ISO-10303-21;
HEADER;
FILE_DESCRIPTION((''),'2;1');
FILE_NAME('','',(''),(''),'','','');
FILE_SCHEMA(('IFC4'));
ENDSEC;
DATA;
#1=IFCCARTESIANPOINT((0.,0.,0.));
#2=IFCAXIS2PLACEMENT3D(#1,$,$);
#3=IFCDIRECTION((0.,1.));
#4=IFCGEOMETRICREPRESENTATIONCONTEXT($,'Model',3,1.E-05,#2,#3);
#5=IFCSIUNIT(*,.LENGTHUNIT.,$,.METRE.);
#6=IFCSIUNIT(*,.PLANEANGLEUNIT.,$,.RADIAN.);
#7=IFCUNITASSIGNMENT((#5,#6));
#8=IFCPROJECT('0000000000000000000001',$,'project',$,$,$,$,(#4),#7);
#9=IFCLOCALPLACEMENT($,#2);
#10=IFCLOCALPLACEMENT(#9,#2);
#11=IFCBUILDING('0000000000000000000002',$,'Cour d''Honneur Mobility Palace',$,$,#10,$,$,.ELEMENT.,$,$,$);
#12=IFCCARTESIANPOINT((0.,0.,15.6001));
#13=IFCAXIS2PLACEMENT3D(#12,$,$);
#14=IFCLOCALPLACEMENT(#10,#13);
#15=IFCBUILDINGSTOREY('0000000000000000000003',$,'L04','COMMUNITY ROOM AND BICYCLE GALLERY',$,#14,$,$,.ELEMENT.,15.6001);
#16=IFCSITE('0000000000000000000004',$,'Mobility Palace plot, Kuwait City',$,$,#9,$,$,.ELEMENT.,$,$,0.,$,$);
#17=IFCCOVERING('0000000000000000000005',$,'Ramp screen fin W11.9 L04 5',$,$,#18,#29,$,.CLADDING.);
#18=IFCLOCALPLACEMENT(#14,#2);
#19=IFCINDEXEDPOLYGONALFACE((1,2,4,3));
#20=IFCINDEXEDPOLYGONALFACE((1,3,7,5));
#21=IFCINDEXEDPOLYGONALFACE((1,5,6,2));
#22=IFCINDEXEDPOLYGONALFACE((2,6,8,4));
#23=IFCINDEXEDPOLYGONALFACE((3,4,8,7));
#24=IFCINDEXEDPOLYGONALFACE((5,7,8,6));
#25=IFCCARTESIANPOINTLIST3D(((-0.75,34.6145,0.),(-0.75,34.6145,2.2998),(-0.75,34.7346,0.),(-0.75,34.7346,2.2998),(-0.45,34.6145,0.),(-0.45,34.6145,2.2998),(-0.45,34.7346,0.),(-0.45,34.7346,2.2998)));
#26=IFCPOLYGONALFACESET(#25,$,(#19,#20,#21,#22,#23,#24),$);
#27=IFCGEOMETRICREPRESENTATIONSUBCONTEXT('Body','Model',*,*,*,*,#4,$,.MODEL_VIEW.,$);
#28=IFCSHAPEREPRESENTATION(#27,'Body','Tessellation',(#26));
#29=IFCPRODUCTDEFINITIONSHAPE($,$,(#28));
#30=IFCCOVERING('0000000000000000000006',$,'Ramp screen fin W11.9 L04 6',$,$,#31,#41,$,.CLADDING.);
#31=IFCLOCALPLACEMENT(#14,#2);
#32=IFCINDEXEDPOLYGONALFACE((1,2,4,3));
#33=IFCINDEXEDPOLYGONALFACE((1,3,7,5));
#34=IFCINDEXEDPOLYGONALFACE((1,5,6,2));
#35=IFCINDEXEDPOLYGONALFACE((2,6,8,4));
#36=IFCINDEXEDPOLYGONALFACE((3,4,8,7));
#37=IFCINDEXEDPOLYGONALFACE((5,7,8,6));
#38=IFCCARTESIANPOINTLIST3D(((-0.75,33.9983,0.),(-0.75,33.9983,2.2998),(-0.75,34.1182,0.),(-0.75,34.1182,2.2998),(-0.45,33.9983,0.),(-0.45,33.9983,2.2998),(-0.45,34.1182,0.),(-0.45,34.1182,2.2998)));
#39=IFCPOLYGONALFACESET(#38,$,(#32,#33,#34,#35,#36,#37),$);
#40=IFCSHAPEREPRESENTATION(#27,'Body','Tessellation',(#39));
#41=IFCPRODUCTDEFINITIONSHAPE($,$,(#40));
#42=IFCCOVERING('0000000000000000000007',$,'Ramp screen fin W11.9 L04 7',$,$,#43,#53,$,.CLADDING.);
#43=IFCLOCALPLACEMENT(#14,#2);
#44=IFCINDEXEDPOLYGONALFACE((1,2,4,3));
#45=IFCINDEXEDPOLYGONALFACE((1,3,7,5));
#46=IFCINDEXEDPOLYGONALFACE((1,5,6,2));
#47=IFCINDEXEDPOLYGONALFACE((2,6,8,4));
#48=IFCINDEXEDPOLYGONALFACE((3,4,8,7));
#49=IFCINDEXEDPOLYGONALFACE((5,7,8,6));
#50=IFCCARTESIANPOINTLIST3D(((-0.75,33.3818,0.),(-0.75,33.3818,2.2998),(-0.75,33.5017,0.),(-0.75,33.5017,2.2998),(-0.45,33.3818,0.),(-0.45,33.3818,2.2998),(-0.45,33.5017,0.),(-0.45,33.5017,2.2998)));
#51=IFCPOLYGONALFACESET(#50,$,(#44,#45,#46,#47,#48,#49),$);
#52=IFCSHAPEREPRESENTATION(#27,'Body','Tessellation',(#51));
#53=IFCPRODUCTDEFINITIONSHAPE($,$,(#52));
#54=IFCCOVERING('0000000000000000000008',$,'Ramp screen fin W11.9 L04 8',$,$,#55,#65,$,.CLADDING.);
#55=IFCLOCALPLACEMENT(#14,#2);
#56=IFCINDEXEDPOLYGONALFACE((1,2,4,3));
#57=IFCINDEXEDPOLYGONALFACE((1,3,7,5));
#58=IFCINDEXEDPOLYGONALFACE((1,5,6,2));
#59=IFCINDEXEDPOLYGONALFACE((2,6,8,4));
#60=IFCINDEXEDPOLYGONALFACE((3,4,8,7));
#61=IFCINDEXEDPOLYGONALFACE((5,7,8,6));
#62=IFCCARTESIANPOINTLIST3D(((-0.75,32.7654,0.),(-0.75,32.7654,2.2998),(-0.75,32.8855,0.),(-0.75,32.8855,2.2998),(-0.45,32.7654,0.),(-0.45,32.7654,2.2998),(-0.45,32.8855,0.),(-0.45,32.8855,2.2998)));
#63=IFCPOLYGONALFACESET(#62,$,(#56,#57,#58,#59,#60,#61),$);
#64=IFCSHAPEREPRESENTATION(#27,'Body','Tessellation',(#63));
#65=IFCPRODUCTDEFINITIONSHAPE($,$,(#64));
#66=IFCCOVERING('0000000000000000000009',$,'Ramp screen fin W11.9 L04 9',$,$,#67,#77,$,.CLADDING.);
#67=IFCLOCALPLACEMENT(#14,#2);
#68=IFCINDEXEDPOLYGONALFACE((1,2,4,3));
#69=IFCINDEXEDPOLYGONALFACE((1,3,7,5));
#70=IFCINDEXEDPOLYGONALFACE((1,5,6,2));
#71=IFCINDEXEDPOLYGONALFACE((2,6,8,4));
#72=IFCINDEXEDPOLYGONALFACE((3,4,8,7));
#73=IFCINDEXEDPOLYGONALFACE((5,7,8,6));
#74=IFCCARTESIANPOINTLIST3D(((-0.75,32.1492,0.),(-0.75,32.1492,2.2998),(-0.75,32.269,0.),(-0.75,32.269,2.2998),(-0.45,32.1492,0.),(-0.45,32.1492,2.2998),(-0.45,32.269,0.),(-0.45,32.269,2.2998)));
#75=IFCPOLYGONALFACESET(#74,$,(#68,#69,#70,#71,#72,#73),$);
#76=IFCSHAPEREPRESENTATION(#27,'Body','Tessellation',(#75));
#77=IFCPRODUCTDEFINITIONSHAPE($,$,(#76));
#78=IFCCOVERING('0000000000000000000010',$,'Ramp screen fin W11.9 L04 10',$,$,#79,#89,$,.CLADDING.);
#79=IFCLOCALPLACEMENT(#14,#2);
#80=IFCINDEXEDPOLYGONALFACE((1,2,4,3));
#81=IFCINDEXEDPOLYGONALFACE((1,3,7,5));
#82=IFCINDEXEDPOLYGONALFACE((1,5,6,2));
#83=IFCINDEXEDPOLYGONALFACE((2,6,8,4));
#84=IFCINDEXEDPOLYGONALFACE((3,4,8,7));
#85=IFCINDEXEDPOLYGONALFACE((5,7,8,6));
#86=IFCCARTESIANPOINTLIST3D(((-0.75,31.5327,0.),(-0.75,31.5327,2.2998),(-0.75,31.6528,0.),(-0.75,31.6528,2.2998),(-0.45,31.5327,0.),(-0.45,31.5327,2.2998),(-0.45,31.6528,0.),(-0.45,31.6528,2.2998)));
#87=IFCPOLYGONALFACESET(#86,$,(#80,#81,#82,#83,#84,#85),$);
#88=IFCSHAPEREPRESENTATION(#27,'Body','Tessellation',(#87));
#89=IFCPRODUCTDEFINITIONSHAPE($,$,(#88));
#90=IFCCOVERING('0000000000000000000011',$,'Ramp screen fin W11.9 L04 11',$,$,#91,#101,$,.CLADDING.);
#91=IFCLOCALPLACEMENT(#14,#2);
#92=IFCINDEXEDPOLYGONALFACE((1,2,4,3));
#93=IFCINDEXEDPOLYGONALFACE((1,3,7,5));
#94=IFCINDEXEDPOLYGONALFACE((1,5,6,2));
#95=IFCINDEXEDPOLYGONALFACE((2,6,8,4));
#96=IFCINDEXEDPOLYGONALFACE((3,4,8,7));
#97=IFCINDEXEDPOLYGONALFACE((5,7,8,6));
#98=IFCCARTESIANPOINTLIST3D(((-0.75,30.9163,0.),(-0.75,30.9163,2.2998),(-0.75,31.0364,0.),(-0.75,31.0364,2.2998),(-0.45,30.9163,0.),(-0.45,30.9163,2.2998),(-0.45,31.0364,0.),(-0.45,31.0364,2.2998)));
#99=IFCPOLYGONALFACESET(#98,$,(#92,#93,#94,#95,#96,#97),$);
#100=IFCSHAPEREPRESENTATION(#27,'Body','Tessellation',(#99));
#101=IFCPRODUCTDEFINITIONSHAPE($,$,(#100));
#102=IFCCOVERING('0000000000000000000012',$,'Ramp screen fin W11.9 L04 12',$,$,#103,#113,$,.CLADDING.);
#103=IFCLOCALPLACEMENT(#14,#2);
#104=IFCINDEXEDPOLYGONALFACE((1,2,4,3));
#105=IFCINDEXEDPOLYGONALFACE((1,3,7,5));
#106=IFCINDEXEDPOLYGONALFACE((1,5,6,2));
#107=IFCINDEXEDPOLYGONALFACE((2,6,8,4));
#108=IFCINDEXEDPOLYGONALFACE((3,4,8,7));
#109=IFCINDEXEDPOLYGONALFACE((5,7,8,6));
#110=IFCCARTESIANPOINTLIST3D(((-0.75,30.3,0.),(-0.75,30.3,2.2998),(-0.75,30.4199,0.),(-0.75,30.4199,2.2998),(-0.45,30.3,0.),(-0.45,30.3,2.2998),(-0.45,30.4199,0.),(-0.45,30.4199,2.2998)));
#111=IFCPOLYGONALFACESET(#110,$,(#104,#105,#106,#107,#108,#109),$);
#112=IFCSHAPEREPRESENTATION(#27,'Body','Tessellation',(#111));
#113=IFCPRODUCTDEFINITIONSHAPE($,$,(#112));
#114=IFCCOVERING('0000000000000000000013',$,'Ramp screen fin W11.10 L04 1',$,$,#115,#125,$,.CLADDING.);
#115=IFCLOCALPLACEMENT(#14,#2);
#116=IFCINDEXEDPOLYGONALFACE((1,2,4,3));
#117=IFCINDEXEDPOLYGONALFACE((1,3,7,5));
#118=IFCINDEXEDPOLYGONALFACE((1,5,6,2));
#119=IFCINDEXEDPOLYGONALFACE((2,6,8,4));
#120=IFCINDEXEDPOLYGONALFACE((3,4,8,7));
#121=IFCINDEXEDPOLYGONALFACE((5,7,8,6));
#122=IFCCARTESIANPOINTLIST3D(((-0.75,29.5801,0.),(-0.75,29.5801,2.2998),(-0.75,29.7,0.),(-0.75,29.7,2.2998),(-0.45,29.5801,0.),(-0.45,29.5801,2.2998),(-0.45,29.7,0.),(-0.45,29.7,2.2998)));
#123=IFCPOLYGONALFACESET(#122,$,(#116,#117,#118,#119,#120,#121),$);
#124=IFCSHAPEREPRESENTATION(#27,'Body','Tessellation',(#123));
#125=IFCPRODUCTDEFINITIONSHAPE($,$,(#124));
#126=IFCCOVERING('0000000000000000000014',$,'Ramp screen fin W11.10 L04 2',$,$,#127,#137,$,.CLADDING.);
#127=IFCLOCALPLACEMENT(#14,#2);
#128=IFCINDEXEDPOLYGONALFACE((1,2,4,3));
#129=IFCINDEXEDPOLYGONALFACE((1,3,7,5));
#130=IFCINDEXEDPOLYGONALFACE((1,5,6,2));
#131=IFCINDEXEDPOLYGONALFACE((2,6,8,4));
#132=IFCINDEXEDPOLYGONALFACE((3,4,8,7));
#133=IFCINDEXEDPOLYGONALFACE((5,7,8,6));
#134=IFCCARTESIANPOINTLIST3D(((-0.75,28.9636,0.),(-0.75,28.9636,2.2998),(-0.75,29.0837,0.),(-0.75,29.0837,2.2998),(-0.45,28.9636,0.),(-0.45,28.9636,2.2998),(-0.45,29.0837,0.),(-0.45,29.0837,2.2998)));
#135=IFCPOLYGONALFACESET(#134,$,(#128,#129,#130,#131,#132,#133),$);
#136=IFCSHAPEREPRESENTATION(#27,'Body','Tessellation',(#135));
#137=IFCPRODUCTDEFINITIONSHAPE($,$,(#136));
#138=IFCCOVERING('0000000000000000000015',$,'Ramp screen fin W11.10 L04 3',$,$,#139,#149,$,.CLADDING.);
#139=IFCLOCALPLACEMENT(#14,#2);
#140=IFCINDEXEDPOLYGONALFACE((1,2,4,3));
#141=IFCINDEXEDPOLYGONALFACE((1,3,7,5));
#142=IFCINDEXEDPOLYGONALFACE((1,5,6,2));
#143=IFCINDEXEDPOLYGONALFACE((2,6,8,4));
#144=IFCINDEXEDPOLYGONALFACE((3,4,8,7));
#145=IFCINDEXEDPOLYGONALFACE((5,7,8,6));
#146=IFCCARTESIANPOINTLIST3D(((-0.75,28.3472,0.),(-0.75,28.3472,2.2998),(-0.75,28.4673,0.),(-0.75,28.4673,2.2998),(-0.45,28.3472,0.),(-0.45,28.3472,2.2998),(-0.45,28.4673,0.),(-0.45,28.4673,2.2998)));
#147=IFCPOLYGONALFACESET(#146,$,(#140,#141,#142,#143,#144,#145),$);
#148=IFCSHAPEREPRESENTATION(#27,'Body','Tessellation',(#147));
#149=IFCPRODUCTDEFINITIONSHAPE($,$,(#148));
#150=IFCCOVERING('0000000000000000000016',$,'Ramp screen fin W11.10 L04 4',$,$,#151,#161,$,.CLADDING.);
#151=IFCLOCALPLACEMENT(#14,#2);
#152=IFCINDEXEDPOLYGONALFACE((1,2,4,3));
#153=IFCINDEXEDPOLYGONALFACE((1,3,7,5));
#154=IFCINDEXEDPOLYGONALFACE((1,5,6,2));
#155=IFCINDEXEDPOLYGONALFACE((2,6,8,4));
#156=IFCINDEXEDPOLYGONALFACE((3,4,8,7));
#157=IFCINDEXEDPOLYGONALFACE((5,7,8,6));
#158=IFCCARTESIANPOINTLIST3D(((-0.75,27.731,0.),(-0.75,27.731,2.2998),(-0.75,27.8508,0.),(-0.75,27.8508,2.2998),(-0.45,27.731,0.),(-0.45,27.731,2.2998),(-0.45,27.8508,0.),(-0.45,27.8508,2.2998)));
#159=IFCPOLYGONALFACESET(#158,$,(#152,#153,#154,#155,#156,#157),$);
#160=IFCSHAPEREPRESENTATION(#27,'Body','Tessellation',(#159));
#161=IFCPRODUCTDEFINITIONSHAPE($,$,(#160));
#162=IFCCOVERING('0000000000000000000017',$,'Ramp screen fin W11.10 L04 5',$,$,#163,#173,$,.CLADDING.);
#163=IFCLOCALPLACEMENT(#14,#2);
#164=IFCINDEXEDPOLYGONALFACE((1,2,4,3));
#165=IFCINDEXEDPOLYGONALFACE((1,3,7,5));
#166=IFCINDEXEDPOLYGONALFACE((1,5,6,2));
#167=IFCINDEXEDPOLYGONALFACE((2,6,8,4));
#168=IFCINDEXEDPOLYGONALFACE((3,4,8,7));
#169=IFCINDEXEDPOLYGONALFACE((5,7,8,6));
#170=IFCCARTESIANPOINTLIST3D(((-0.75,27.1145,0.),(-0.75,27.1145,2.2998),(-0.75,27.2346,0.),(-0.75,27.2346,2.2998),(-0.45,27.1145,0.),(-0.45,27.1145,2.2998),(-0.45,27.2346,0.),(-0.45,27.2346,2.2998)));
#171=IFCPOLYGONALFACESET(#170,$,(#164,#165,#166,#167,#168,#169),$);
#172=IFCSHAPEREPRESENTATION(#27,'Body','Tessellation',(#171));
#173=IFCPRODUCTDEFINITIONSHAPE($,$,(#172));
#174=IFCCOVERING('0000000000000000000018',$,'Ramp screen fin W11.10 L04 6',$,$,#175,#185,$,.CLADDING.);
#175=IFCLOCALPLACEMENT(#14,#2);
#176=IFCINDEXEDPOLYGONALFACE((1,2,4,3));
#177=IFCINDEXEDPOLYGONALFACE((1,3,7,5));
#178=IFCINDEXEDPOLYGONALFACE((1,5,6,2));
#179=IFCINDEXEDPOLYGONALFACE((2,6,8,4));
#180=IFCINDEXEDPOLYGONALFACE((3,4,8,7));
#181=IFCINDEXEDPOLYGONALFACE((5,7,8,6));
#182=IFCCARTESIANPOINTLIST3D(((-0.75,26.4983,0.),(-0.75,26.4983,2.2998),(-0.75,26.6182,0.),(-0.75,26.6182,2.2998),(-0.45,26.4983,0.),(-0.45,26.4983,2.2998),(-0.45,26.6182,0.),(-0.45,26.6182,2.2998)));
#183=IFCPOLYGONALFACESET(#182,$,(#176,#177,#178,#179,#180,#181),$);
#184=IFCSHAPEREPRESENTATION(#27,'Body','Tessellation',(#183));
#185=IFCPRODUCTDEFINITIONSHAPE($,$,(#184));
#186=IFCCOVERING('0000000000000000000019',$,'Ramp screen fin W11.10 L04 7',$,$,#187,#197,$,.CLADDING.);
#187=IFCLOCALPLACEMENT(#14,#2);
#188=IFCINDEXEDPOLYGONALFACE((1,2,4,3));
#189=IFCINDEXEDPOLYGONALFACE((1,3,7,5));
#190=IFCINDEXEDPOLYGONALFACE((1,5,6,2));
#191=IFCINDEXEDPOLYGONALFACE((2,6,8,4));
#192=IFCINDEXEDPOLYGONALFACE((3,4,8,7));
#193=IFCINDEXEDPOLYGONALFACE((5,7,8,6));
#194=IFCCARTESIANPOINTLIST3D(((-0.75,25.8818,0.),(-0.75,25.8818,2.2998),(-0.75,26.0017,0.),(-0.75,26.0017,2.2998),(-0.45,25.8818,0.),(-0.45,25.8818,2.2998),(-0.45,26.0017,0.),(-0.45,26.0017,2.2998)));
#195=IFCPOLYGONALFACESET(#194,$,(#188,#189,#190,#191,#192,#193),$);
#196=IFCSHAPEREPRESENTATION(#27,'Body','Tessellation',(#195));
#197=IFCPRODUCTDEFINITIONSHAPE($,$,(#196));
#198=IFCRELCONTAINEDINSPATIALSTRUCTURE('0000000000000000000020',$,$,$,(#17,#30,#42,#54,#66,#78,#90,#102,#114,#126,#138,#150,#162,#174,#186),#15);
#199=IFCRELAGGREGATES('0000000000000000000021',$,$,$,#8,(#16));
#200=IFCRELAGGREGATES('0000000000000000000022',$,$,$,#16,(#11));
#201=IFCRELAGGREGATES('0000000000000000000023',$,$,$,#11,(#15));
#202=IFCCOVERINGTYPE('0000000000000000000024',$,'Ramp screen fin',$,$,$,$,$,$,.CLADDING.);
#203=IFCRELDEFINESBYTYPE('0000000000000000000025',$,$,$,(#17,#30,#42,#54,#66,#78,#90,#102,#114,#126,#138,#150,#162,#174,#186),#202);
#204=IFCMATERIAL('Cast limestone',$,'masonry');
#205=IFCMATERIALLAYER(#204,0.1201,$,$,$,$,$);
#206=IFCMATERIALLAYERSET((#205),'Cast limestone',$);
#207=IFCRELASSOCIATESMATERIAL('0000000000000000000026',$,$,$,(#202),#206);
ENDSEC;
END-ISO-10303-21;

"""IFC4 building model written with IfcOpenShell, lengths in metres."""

from ifc_helpers import new_model, si_unit, direction, frame, origin, place, context, subcontext, project, spatial, polyline, outline, extrude, material, layer, layer_set, type_object, element, save


model = new_model("IFC4")

# Units and contexts
model_context = context("Model", 3, precision=1e-05, world=origin(), true_north=direction((0.0, 1.0)))
body_context = subcontext(model_context, "Body", "Model", "MODEL_VIEW")
ifc_project = project(units=[si_unit("LENGTHUNIT", "METRE"), si_unit("PLANEANGLEUNIT", "RADIAN")], contexts=[model_context])

# Site, building, storey
site_placement = place(None, origin())
site = spatial("IfcSite", under=ifc_project, at=site_placement, Name="Mobility Palace plot, Kuwait City", CompositionType="ELEMENT", RefElevation=0.0)
building_placement = place(site_placement, origin())
building = spatial("IfcBuilding", under=site, at=building_placement, Name="Cour d'Honneur Mobility Palace", CompositionType="ELEMENT")
storey_placement = place(building_placement, frame((0.0, 0.0, 15.6001)))
storey = spatial("IfcBuildingStorey", under=building, at=storey_placement, Name="L04", Description="COMMUNITY ROOM AND BICYCLE GALLERY", CompositionType="ELEMENT", Elevation=15.6001)

# Coverings
ifc_material = material(Name="Cast limestone", Category="masonry")
ifc_layer = layer(ifc_material, 0.1201)
ifc_layer_set = layer_set([ifc_layer], Name="Cast limestone")
covering_type = type_object("IfcCoveringType", Name="Ramp screen fin", PredefinedType="CLADDING", material=ifc_layer_set)
covering_1_placement = place(storey_placement, origin())
element("IfcCovering", 1, at=covering_1_placement, inside=storey, type_object=covering_type, Name="Ramp screen fin W11.9 L04 5", PredefinedType="CLADDING", context=body_context, shape_type="SweptSolid", body=[
    extrude(outline(polyline([(-0.45, 34.7346), (-0.45, 34.6145), (-0.75, 34.6145), (-0.75, 34.7346), (-0.45, 34.7346)])), origin(), (0.0, 0.0, 1.0), 2.2998),
])
covering_2_placement = place(storey_placement, origin())
element("IfcCovering", 2, at=covering_2_placement, inside=storey, type_object=covering_type, Name="Ramp screen fin W11.9 L04 6", PredefinedType="CLADDING", context=body_context, shape_type="SweptSolid", body=[
    extrude(outline(polyline([(-0.45, 34.1182), (-0.45, 33.9983), (-0.75, 33.9983), (-0.75, 34.1182), (-0.45, 34.1182)])), origin(), (0.0, 0.0, 1.0), 2.2998),
])
covering_3_placement = place(storey_placement, origin())
element("IfcCovering", 3, at=covering_3_placement, inside=storey, type_object=covering_type, Name="Ramp screen fin W11.9 L04 7", PredefinedType="CLADDING", context=body_context, shape_type="SweptSolid", body=[
    extrude(outline(polyline([(-0.45, 33.5017), (-0.45, 33.3818), (-0.75, 33.3818), (-0.75, 33.5017), (-0.45, 33.5017)])), origin(), (0.0, 0.0, 1.0), 2.2998),
])
covering_4_placement = place(storey_placement, origin())
element("IfcCovering", 4, at=covering_4_placement, inside=storey, type_object=covering_type, Name="Ramp screen fin W11.9 L04 8", PredefinedType="CLADDING", context=body_context, shape_type="SweptSolid", body=[
    extrude(outline(polyline([(-0.45, 32.8855), (-0.45, 32.7654), (-0.75, 32.7654), (-0.75, 32.8855), (-0.45, 32.8855)])), origin(), (0.0, 0.0, 1.0), 2.2998),
])
covering_5_placement = place(storey_placement, origin())
element("IfcCovering", 5, at=covering_5_placement, inside=storey, type_object=covering_type, Name="Ramp screen fin W11.9 L04 9", PredefinedType="CLADDING", context=body_context, shape_type="SweptSolid", body=[
    extrude(outline(polyline([(-0.45, 32.269), (-0.45, 32.1492), (-0.75, 32.1492), (-0.75, 32.269), (-0.45, 32.269)])), origin(), (0.0, 0.0, 1.0), 2.2998),
])
covering_6_placement = place(storey_placement, origin())
element("IfcCovering", 6, at=covering_6_placement, inside=storey, type_object=covering_type, Name="Ramp screen fin W11.9 L04 10", PredefinedType="CLADDING", context=body_context, shape_type="SweptSolid", body=[
    extrude(outline(polyline([(-0.45, 31.6528), (-0.45, 31.5327), (-0.75, 31.5327), (-0.75, 31.6528), (-0.45, 31.6528)])), origin(), (0.0, 0.0, 1.0), 2.2998),
])
covering_7_placement = place(storey_placement, origin())
element("IfcCovering", 7, at=covering_7_placement, inside=storey, type_object=covering_type, Name="Ramp screen fin W11.9 L04 11", PredefinedType="CLADDING", context=body_context, shape_type="SweptSolid", body=[
    extrude(outline(polyline([(-0.45, 31.0364), (-0.45, 30.9163), (-0.75, 30.9163), (-0.75, 31.0364), (-0.45, 31.0364)])), origin(), (0.0, 0.0, 1.0), 2.2998),
])
covering_8_placement = place(storey_placement, origin())
element("IfcCovering", 8, at=covering_8_placement, inside=storey, type_object=covering_type, Name="Ramp screen fin W11.9 L04 12", PredefinedType="CLADDING", context=body_context, shape_type="SweptSolid", body=[
    extrude(outline(polyline([(-0.45, 30.4199), (-0.45, 30.3), (-0.75, 30.3), (-0.75, 30.4199), (-0.45, 30.4199)])), origin(), (0.0, 0.0, 1.0), 2.2998),
])
covering_9_placement = place(storey_placement, origin())
element("IfcCovering", 9, at=covering_9_placement, inside=storey, type_object=covering_type, Name="Ramp screen fin W11.10 L04 1", PredefinedType="CLADDING", context=body_context, shape_type="SweptSolid", body=[
    extrude(outline(polyline([(-0.45, 29.7), (-0.45, 29.5801), (-0.75, 29.5801), (-0.75, 29.7), (-0.45, 29.7)])), origin(), (0.0, 0.0, 1.0), 2.2998),
])
covering_10_placement = place(storey_placement, origin())
element("IfcCovering", 10, at=covering_10_placement, inside=storey, type_object=covering_type, Name="Ramp screen fin W11.10 L04 2", PredefinedType="CLADDING", context=body_context, shape_type="SweptSolid", body=[
    extrude(outline(polyline([(-0.45, 29.0837), (-0.45, 28.9636), (-0.75, 28.9636), (-0.75, 29.0837), (-0.45, 29.0837)])), origin(), (0.0, 0.0, 1.0), 2.2998),
])
covering_11_placement = place(storey_placement, origin())
element("IfcCovering", 11, at=covering_11_placement, inside=storey, type_object=covering_type, Name="Ramp screen fin W11.10 L04 3", PredefinedType="CLADDING", context=body_context, shape_type="SweptSolid", body=[
    extrude(outline(polyline([(-0.45, 28.4673), (-0.45, 28.3472), (-0.75, 28.3472), (-0.75, 28.4673), (-0.45, 28.4673)])), origin(), (0.0, 0.0, 1.0), 2.2998),
])
covering_12_placement = place(storey_placement, origin())
element("IfcCovering", 12, at=covering_12_placement, inside=storey, type_object=covering_type, Name="Ramp screen fin W11.10 L04 4", PredefinedType="CLADDING", context=body_context, shape_type="SweptSolid", body=[
    extrude(outline(polyline([(-0.45, 27.8508), (-0.45, 27.731), (-0.75, 27.731), (-0.75, 27.8508), (-0.45, 27.8508)])), origin(), (0.0, 0.0, 1.0), 2.2998),
])
covering_13_placement = place(storey_placement, origin())
element("IfcCovering", 13, at=covering_13_placement, inside=storey, type_object=covering_type, Name="Ramp screen fin W11.10 L04 5", PredefinedType="CLADDING", context=body_context, shape_type="SweptSolid", body=[
    extrude(outline(polyline([(-0.45, 27.2346), (-0.45, 27.1145), (-0.75, 27.1145), (-0.75, 27.2346), (-0.45, 27.2346)])), origin(), (0.0, 0.0, 1.0), 2.2998),
])
covering_14_placement = place(storey_placement, origin())
element("IfcCovering", 14, at=covering_14_placement, inside=storey, type_object=covering_type, Name="Ramp screen fin W11.10 L04 6", PredefinedType="CLADDING", context=body_context, shape_type="SweptSolid", body=[
    extrude(outline(polyline([(-0.45, 26.6182), (-0.45, 26.4983), (-0.75, 26.4983), (-0.75, 26.6182), (-0.45, 26.6182)])), origin(), (0.0, 0.0, 1.0), 2.2998),
])
covering_15_placement = place(storey_placement, origin())
element("IfcCovering", 15, at=covering_15_placement, inside=storey, type_object=covering_type, Name="Ramp screen fin W11.10 L04 7", PredefinedType="CLADDING", context=body_context, shape_type="SweptSolid", body=[
    extrude(outline(polyline([(-0.45, 26.0017), (-0.45, 25.8818), (-0.75, 25.8818), (-0.75, 26.0017), (-0.45, 26.0017)])), origin(), (0.0, 0.0, 1.0), 2.2998),
])

save(model, "model.ifc")
